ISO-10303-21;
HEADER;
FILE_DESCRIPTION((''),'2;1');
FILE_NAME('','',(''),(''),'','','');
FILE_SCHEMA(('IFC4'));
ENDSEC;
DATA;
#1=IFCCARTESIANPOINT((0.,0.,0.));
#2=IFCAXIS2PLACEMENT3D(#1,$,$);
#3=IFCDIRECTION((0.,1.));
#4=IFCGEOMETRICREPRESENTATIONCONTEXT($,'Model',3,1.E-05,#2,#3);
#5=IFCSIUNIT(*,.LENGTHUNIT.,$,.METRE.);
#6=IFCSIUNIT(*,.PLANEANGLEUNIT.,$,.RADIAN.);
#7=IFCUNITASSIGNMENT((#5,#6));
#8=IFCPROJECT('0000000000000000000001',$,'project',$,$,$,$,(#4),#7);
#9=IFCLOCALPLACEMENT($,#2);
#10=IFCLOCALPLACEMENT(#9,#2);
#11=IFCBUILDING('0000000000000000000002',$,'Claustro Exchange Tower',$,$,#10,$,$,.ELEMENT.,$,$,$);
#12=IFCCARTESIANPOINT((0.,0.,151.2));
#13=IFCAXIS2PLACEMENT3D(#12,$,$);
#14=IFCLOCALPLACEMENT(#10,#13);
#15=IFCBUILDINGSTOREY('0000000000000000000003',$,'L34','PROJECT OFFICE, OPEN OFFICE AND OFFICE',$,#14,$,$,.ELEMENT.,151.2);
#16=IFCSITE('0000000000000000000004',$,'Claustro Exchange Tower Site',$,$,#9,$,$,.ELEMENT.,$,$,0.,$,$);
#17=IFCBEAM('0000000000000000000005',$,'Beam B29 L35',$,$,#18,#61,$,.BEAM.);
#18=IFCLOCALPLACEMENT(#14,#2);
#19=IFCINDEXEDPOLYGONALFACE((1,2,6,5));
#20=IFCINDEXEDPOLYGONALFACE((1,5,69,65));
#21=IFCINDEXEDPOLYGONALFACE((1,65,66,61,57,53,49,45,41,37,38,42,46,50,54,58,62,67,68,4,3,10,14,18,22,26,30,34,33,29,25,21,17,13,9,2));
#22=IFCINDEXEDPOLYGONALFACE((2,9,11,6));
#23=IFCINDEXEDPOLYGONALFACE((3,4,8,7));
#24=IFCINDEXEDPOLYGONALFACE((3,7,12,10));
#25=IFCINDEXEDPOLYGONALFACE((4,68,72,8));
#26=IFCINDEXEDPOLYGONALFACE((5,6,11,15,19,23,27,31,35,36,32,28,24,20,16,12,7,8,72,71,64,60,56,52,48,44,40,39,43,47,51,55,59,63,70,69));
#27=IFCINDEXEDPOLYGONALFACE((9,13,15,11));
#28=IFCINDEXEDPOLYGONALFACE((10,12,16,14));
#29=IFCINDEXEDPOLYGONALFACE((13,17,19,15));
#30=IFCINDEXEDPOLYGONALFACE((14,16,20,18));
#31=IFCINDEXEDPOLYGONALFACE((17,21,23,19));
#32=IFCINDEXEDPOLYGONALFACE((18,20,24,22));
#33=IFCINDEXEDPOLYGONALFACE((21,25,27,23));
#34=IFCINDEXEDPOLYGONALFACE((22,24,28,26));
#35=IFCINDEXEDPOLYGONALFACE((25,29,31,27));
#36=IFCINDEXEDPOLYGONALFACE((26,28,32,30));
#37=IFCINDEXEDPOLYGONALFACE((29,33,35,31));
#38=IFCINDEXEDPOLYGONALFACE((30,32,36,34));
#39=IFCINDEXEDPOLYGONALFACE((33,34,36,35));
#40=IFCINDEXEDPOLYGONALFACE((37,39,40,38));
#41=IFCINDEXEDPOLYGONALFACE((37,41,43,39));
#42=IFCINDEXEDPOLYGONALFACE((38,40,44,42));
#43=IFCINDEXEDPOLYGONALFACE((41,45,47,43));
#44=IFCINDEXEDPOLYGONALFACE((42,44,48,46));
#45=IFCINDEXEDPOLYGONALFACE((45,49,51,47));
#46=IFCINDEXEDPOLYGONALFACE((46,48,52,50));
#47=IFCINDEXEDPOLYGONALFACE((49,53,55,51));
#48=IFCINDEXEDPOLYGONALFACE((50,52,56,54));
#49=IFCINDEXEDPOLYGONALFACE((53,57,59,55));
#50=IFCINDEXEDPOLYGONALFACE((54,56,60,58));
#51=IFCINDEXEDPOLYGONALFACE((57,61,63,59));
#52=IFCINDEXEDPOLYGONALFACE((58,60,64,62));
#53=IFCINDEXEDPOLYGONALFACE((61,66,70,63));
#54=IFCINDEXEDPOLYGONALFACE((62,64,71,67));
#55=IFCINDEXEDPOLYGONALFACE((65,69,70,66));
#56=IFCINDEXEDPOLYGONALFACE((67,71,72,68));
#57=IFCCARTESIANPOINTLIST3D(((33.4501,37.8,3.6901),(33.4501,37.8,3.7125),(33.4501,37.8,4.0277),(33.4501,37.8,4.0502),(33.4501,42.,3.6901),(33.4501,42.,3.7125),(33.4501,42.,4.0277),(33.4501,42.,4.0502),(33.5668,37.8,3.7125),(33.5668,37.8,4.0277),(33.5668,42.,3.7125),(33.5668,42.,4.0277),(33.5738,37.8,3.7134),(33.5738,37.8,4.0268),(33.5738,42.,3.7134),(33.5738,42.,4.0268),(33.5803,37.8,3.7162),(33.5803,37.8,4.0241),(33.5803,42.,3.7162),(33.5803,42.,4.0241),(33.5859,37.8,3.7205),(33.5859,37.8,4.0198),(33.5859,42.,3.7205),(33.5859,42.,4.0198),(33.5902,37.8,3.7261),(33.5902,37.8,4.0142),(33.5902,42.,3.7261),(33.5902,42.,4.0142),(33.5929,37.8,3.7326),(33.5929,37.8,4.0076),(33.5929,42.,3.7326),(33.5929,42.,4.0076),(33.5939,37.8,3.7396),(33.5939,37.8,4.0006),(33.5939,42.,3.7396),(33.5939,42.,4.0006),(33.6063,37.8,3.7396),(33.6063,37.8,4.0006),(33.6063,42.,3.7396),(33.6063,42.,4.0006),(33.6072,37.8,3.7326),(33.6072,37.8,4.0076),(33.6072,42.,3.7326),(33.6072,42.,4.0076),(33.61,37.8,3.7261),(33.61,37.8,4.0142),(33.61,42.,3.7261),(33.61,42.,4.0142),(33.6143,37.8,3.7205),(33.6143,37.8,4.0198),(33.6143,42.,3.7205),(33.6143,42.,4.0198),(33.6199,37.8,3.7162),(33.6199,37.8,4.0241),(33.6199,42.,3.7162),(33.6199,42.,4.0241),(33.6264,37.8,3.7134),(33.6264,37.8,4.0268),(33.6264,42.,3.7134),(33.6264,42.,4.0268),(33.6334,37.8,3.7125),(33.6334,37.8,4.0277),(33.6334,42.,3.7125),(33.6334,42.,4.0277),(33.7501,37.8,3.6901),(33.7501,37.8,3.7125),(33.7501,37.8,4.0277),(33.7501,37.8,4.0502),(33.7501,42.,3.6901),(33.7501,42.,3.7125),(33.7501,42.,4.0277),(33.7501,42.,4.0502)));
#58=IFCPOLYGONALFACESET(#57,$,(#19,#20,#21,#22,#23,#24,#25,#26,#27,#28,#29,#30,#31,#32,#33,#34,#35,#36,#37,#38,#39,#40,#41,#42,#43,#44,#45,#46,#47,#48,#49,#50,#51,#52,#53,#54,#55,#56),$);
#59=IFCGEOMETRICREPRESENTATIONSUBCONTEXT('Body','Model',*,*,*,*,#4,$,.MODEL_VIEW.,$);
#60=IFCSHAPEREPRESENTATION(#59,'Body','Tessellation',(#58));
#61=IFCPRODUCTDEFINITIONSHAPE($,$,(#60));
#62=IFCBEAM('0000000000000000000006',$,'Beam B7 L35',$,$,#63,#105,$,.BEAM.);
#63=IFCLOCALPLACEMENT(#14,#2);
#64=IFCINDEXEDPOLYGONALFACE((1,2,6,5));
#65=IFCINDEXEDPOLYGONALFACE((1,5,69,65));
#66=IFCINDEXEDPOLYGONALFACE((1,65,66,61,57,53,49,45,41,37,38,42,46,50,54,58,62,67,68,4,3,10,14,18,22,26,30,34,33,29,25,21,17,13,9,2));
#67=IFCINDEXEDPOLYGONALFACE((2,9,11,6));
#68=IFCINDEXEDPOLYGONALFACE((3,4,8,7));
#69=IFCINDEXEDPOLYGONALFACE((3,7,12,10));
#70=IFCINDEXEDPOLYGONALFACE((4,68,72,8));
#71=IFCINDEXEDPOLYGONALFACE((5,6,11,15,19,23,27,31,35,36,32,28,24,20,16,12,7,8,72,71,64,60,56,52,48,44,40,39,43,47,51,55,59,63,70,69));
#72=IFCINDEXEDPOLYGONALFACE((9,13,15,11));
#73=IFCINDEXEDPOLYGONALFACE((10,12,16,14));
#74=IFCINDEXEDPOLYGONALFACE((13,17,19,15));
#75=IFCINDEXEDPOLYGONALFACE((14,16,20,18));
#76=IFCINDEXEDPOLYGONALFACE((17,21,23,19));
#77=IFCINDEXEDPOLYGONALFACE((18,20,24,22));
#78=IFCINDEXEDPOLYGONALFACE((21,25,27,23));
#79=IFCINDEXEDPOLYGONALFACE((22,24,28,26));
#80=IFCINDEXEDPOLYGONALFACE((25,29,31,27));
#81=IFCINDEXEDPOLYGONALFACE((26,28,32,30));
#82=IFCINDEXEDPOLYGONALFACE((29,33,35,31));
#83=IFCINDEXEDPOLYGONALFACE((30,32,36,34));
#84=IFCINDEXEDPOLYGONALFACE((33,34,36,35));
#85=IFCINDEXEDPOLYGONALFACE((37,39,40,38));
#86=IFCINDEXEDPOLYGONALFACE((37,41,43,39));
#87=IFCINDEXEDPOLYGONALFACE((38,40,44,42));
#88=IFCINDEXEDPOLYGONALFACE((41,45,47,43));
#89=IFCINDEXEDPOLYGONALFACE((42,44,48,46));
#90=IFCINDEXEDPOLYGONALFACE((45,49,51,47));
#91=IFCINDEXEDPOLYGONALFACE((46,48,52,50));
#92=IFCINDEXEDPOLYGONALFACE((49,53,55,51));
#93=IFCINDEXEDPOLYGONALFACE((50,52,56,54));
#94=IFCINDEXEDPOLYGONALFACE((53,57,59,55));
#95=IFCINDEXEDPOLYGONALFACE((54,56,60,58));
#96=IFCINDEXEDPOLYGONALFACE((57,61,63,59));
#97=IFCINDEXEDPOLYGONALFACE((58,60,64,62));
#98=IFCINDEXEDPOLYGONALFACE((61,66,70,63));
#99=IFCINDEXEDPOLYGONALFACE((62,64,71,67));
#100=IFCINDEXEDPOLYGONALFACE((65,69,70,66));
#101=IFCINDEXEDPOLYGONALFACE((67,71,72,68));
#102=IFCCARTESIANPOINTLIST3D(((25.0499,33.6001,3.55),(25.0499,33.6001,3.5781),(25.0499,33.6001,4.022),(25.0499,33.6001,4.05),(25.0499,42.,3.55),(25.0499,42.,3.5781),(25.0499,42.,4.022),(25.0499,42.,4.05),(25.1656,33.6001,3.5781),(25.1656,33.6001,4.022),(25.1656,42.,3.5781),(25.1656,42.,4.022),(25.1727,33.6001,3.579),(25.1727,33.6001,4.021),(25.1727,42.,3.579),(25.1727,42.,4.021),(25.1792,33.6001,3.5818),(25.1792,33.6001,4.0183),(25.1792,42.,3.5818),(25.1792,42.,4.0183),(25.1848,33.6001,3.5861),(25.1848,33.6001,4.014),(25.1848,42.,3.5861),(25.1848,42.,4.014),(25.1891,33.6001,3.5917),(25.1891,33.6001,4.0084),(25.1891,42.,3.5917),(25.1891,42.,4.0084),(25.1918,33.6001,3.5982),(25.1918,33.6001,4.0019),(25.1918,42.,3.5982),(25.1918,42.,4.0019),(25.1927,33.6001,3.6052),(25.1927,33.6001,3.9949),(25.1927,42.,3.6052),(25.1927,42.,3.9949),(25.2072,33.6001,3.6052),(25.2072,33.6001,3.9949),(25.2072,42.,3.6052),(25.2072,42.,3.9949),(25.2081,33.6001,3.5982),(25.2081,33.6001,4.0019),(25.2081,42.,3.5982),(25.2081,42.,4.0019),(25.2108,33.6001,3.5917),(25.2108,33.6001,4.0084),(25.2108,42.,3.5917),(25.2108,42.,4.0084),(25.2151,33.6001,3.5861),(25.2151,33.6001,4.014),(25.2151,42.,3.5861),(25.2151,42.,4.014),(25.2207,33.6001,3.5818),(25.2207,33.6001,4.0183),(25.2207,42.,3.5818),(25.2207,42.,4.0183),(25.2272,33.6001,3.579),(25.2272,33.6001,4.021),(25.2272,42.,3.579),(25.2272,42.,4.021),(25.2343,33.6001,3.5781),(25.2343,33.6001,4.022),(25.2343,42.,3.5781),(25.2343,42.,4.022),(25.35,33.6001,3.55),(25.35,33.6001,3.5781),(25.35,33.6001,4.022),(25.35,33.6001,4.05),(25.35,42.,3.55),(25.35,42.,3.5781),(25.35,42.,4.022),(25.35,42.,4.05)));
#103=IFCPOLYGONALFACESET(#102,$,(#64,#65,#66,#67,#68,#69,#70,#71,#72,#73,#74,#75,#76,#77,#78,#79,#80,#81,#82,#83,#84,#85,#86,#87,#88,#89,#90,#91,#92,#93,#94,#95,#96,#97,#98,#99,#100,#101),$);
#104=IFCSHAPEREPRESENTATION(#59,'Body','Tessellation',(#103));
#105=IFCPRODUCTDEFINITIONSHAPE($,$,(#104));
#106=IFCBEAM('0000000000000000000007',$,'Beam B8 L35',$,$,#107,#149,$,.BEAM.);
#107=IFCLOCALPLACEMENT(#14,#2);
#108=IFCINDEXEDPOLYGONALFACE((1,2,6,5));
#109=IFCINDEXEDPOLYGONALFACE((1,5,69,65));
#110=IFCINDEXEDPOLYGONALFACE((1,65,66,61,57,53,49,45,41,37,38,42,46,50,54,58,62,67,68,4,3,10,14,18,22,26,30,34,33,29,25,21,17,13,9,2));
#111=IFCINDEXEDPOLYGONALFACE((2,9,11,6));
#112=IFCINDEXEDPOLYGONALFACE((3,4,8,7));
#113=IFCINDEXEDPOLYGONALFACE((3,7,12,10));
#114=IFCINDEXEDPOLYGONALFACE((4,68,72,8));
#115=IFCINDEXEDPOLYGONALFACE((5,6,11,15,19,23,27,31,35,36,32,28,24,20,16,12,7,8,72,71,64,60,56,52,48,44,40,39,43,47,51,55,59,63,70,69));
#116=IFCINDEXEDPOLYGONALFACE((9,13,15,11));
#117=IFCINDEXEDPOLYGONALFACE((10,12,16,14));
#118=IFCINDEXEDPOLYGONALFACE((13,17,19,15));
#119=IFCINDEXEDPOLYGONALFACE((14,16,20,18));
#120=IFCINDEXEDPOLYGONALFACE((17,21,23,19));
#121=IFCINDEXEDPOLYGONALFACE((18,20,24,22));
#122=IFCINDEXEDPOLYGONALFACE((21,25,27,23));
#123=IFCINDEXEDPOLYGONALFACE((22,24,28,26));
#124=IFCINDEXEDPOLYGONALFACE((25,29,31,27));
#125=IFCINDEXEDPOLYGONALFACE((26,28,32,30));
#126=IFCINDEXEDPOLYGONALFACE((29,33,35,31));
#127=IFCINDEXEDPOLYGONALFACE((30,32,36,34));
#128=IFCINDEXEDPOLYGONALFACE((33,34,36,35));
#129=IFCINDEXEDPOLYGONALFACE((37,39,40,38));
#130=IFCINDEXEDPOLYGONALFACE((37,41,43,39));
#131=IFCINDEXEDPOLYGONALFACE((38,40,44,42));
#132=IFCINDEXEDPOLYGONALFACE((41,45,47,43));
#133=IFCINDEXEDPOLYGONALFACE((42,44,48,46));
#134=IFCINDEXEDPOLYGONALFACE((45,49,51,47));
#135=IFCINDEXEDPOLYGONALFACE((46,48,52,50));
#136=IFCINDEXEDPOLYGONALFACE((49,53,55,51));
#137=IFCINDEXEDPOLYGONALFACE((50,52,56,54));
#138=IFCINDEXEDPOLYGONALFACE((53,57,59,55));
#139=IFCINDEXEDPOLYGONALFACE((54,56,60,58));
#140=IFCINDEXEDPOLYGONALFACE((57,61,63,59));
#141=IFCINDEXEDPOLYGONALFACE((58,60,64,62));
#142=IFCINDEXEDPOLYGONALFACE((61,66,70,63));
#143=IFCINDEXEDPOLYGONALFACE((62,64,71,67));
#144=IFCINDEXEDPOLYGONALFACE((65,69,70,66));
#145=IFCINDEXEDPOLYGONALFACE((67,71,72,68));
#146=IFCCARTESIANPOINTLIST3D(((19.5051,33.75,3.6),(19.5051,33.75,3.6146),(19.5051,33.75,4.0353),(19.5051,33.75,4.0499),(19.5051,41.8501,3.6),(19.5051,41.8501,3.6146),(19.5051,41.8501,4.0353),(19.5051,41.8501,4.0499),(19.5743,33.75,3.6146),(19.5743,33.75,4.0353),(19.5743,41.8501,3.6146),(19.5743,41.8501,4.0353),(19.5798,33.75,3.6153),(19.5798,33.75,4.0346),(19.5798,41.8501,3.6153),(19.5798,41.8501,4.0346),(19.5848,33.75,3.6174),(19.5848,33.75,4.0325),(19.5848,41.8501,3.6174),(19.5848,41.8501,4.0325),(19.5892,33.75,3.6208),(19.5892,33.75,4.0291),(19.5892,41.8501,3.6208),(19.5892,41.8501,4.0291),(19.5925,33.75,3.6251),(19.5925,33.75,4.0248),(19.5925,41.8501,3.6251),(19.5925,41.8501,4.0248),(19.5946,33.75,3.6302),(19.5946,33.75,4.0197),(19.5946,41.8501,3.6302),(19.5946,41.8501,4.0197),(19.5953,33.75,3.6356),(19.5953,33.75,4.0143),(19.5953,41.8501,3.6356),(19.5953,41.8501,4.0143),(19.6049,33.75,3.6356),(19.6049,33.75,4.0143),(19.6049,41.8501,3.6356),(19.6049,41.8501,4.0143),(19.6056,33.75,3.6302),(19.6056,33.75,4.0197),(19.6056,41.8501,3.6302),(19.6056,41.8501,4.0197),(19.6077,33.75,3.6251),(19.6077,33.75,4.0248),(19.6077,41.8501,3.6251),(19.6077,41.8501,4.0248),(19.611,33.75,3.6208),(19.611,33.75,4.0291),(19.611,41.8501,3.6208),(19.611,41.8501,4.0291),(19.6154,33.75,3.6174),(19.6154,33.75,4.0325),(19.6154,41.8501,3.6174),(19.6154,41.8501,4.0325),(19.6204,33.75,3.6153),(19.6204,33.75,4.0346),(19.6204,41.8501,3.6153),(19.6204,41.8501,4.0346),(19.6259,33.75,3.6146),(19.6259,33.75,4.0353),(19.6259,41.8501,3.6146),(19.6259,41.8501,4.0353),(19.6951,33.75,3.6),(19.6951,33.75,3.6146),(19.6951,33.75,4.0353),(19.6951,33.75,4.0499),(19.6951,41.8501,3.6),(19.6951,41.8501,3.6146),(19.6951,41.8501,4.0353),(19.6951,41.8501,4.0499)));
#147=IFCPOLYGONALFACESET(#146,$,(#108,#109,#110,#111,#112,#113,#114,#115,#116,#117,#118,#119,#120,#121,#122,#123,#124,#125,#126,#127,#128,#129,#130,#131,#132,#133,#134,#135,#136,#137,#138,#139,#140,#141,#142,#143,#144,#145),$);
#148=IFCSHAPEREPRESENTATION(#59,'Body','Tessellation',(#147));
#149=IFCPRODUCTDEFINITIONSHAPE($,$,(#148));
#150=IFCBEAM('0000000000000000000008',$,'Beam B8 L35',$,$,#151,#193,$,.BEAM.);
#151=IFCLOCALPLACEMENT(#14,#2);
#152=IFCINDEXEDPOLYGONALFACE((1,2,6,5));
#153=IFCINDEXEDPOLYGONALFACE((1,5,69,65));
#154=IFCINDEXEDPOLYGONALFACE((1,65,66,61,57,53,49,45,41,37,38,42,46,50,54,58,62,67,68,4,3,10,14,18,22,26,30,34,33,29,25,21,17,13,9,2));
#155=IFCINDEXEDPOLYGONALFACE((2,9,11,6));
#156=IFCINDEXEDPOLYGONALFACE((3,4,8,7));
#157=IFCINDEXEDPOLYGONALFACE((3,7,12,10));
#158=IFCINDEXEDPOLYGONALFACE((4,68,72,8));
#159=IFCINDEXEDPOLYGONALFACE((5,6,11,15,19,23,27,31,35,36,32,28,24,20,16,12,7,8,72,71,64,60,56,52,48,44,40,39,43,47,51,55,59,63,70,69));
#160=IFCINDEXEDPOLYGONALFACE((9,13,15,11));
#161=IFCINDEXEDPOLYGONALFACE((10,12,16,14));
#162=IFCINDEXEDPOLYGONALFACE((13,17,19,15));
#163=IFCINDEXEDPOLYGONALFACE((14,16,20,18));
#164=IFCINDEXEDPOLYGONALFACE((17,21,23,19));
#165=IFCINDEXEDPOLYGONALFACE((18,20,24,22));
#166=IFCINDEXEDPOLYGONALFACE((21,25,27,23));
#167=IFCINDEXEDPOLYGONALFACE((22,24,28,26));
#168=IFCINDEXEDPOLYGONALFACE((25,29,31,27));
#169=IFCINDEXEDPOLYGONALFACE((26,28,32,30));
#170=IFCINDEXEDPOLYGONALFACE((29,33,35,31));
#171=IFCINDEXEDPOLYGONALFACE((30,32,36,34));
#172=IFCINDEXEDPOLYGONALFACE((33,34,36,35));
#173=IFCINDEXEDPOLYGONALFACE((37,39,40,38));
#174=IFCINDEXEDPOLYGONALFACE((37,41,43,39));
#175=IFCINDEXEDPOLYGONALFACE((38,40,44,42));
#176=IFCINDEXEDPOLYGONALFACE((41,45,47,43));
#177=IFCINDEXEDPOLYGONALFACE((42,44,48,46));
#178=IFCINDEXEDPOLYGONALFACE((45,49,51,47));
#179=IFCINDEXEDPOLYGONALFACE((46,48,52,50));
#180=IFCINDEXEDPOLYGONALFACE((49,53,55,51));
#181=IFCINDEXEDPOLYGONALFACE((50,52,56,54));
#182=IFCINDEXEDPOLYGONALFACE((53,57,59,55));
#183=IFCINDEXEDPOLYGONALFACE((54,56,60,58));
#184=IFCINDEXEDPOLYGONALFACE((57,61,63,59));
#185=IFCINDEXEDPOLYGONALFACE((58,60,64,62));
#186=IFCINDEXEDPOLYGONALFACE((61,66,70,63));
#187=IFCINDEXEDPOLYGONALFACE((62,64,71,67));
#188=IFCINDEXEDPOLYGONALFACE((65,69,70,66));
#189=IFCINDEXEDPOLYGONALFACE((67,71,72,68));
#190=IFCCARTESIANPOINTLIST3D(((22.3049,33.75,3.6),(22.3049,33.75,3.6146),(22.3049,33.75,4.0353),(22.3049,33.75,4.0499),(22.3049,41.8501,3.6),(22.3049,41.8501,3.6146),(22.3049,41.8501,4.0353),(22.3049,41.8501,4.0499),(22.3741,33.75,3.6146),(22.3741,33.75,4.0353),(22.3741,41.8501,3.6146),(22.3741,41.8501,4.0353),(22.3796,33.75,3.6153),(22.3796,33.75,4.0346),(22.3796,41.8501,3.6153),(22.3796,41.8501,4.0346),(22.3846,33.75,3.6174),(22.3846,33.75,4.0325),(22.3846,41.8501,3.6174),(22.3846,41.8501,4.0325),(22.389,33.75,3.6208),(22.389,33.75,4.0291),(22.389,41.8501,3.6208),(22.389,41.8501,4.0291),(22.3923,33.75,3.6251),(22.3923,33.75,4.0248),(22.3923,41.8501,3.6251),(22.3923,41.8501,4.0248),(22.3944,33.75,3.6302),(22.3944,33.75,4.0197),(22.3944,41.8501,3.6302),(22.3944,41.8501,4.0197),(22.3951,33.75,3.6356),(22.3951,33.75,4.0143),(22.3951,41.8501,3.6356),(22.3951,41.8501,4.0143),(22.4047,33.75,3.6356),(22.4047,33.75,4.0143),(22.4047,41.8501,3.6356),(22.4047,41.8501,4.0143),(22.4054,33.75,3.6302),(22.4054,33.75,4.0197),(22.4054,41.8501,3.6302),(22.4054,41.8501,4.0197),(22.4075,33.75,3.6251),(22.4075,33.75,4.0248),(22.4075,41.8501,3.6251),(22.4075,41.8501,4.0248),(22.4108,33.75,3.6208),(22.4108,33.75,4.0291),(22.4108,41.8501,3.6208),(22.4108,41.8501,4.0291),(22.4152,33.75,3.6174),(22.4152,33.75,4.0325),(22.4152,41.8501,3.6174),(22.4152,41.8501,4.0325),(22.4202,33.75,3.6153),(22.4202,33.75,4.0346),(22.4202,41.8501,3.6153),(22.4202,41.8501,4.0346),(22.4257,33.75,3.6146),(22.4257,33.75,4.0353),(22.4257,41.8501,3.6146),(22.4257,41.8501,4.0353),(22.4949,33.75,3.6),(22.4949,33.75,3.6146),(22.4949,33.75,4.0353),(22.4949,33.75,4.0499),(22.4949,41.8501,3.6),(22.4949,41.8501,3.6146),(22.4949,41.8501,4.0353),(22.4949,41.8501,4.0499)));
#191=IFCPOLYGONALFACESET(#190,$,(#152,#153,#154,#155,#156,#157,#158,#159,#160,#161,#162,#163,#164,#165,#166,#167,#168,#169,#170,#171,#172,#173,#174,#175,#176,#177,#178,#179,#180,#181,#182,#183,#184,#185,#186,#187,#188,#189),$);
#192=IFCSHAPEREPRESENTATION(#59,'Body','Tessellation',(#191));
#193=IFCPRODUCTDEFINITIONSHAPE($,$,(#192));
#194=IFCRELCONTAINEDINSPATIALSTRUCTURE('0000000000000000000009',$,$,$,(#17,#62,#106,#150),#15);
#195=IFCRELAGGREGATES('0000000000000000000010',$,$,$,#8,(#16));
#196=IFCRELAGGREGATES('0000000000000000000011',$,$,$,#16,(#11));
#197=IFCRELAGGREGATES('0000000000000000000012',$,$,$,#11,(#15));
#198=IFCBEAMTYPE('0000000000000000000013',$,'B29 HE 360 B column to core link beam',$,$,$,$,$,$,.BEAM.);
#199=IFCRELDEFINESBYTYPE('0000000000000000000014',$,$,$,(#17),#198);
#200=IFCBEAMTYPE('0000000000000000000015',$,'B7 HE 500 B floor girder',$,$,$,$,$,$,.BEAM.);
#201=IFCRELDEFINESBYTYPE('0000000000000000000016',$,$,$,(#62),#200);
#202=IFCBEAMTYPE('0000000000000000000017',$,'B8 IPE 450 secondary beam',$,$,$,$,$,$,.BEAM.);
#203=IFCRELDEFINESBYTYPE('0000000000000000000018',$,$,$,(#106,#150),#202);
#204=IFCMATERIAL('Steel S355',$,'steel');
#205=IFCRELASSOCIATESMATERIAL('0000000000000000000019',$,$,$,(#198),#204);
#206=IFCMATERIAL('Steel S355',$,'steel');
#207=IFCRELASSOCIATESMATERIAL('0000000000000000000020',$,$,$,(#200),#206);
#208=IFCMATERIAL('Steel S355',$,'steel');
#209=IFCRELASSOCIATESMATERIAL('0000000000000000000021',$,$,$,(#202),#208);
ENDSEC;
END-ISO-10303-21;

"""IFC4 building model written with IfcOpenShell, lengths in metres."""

from ifc_helpers import new_model, si_unit, direction, frame, origin, origin_2d, place, context, subcontext, project, spatial, i_section, extrude, material, material_profile, profile_set, type_object, element, save


model = new_model("IFC4")

# Units and contexts
model_context = context("Model", 3, precision=1e-05, world=origin(), true_north=direction((0.0, 1.0)))
body_context = subcontext(model_context, "Body", "Model", "MODEL_VIEW")
ifc_project = project(units=[si_unit("LENGTHUNIT", "METRE"), si_unit("PLANEANGLEUNIT", "RADIAN")], contexts=[model_context])

# Site, building, storey
site_placement = place(None, origin())
site = spatial("IfcSite", under=ifc_project, at=site_placement, Name="Claustro Exchange Tower Site", CompositionType="ELEMENT", RefElevation=0.0)
building_placement = place(site_placement, origin())
building = spatial("IfcBuilding", under=site, at=building_placement, Name="Claustro Exchange Tower", CompositionType="ELEMENT")
storey_placement = place(building_placement, frame((0.0, 0.0, 151.2)))
storey = spatial("IfcBuildingStorey", under=building, at=storey_placement, Name="L34", Description="PROJECT OFFICE, OPEN OFFICE AND OFFICE", CompositionType="ELEMENT", Elevation=151.2)

# Beams
ifc_material_1 = material(Name="Steel S355", Category="steel")
ifc_material_profile_1 = material_profile(ifc_material_1, i_section(OverallWidth=0.3, OverallDepth=0.3601, WebThickness=0.0125, FlangeThickness=0.0225, FilletRadius=0.0271, at=origin_2d()), Name="HE 360 B")
ifc_profile_set_1 = profile_set([ifc_material_profile_1], Name="Steel S355")
beam_type_1 = type_object("IfcBeamType", Name="B29 HE 360 B column to core link beam", PredefinedType="BEAM", material=ifc_profile_set_1)
beam_1_placement = place(storey_placement, frame((33.6001, 37.8, 3.8701), z_axis=(0.0, 1.0, 0.0), x_axis=(-1.0, 0.0, 0.0)))
element("IfcBeam", 1, at=beam_1_placement, inside=storey, type_object=beam_type_1, Name="Beam B29 L35", PredefinedType="BEAM", context=body_context, shape_type="SweptSolid", body=[
    extrude(i_section(OverallWidth=0.3, OverallDepth=0.3601, WebThickness=0.0125, FlangeThickness=0.0225, FilletRadius=0.0271, at=origin_2d()), origin(), (0.0, 0.0, 1.0), 4.2),
])
ifc_material_2 = material(Name="Steel S355", Category="steel")
ifc_material_profile_2 = material_profile(ifc_material_2, i_section(OverallWidth=0.3, OverallDepth=0.5, WebThickness=0.0144, FlangeThickness=0.0281, FilletRadius=0.0271, at=origin_2d()), Name="HE 500 B")
ifc_profile_set_2 = profile_set([ifc_material_profile_2], Name="Steel S355")
beam_type_2 = type_object("IfcBeamType", Name="B7 HE 500 B floor girder", PredefinedType="BEAM", material=ifc_profile_set_2)
beam_2_placement = place(storey_placement, frame((25.2, 33.6001, 3.8), z_axis=(0.0, 1.0, 0.0), x_axis=(-1.0, 0.0, 0.0)))
element("IfcBeam", 2, at=beam_2_placement, inside=storey, type_object=beam_type_2, Name="Beam B7 L35", PredefinedType="BEAM", context=body_context, shape_type="SweptSolid", body=[
    extrude(i_section(OverallWidth=0.3, OverallDepth=0.5, WebThickness=0.0144, FlangeThickness=0.0281, FilletRadius=0.0271, at=origin_2d()), origin(), (0.0, 0.0, 1.0), 8.3999),
])
ifc_material_3 = material(Name="Steel S355", Category="steel")
ifc_material_profile_3 = material_profile(ifc_material_3, i_section(OverallWidth=0.1899, OverallDepth=0.45, WebThickness=0.0095, FlangeThickness=0.0146, FilletRadius=0.021, at=origin_2d()), Name="IPE 450")
ifc_profile_set_3 = profile_set([ifc_material_profile_3], Name="Steel S355")
beam_type_3 = type_object("IfcBeamType", Name="B8 IPE 450 secondary beam", PredefinedType="BEAM", material=ifc_profile_set_3)
for number, where, z_axis, x_axis, name in (
    (3, (19.6001, 33.75, 3.825), (0.0, 1.0, 0.0), (-1.0, 0.0, 0.0), "Beam B8 L35"),
    (4, (22.3999, 33.75, 3.825), (0.0, 1.0, 0.0), (-1.0, 0.0, 0.0), "Beam B8 L35"),
):
    element("IfcBeam", number, at=place(storey_placement, frame(where, z_axis=z_axis, x_axis=x_axis)), inside=storey, type_object=beam_type_3, Name=name, PredefinedType="BEAM", context=body_context, shape_type="SweptSolid", body=[
        extrude(i_section(OverallWidth=0.1899, OverallDepth=0.45, WebThickness=0.0095, FlangeThickness=0.0146, FilletRadius=0.021, at=origin_2d()), origin(), (0.0, 0.0, 1.0), 8.1001),
    ])

save(model, "model.ifc")
